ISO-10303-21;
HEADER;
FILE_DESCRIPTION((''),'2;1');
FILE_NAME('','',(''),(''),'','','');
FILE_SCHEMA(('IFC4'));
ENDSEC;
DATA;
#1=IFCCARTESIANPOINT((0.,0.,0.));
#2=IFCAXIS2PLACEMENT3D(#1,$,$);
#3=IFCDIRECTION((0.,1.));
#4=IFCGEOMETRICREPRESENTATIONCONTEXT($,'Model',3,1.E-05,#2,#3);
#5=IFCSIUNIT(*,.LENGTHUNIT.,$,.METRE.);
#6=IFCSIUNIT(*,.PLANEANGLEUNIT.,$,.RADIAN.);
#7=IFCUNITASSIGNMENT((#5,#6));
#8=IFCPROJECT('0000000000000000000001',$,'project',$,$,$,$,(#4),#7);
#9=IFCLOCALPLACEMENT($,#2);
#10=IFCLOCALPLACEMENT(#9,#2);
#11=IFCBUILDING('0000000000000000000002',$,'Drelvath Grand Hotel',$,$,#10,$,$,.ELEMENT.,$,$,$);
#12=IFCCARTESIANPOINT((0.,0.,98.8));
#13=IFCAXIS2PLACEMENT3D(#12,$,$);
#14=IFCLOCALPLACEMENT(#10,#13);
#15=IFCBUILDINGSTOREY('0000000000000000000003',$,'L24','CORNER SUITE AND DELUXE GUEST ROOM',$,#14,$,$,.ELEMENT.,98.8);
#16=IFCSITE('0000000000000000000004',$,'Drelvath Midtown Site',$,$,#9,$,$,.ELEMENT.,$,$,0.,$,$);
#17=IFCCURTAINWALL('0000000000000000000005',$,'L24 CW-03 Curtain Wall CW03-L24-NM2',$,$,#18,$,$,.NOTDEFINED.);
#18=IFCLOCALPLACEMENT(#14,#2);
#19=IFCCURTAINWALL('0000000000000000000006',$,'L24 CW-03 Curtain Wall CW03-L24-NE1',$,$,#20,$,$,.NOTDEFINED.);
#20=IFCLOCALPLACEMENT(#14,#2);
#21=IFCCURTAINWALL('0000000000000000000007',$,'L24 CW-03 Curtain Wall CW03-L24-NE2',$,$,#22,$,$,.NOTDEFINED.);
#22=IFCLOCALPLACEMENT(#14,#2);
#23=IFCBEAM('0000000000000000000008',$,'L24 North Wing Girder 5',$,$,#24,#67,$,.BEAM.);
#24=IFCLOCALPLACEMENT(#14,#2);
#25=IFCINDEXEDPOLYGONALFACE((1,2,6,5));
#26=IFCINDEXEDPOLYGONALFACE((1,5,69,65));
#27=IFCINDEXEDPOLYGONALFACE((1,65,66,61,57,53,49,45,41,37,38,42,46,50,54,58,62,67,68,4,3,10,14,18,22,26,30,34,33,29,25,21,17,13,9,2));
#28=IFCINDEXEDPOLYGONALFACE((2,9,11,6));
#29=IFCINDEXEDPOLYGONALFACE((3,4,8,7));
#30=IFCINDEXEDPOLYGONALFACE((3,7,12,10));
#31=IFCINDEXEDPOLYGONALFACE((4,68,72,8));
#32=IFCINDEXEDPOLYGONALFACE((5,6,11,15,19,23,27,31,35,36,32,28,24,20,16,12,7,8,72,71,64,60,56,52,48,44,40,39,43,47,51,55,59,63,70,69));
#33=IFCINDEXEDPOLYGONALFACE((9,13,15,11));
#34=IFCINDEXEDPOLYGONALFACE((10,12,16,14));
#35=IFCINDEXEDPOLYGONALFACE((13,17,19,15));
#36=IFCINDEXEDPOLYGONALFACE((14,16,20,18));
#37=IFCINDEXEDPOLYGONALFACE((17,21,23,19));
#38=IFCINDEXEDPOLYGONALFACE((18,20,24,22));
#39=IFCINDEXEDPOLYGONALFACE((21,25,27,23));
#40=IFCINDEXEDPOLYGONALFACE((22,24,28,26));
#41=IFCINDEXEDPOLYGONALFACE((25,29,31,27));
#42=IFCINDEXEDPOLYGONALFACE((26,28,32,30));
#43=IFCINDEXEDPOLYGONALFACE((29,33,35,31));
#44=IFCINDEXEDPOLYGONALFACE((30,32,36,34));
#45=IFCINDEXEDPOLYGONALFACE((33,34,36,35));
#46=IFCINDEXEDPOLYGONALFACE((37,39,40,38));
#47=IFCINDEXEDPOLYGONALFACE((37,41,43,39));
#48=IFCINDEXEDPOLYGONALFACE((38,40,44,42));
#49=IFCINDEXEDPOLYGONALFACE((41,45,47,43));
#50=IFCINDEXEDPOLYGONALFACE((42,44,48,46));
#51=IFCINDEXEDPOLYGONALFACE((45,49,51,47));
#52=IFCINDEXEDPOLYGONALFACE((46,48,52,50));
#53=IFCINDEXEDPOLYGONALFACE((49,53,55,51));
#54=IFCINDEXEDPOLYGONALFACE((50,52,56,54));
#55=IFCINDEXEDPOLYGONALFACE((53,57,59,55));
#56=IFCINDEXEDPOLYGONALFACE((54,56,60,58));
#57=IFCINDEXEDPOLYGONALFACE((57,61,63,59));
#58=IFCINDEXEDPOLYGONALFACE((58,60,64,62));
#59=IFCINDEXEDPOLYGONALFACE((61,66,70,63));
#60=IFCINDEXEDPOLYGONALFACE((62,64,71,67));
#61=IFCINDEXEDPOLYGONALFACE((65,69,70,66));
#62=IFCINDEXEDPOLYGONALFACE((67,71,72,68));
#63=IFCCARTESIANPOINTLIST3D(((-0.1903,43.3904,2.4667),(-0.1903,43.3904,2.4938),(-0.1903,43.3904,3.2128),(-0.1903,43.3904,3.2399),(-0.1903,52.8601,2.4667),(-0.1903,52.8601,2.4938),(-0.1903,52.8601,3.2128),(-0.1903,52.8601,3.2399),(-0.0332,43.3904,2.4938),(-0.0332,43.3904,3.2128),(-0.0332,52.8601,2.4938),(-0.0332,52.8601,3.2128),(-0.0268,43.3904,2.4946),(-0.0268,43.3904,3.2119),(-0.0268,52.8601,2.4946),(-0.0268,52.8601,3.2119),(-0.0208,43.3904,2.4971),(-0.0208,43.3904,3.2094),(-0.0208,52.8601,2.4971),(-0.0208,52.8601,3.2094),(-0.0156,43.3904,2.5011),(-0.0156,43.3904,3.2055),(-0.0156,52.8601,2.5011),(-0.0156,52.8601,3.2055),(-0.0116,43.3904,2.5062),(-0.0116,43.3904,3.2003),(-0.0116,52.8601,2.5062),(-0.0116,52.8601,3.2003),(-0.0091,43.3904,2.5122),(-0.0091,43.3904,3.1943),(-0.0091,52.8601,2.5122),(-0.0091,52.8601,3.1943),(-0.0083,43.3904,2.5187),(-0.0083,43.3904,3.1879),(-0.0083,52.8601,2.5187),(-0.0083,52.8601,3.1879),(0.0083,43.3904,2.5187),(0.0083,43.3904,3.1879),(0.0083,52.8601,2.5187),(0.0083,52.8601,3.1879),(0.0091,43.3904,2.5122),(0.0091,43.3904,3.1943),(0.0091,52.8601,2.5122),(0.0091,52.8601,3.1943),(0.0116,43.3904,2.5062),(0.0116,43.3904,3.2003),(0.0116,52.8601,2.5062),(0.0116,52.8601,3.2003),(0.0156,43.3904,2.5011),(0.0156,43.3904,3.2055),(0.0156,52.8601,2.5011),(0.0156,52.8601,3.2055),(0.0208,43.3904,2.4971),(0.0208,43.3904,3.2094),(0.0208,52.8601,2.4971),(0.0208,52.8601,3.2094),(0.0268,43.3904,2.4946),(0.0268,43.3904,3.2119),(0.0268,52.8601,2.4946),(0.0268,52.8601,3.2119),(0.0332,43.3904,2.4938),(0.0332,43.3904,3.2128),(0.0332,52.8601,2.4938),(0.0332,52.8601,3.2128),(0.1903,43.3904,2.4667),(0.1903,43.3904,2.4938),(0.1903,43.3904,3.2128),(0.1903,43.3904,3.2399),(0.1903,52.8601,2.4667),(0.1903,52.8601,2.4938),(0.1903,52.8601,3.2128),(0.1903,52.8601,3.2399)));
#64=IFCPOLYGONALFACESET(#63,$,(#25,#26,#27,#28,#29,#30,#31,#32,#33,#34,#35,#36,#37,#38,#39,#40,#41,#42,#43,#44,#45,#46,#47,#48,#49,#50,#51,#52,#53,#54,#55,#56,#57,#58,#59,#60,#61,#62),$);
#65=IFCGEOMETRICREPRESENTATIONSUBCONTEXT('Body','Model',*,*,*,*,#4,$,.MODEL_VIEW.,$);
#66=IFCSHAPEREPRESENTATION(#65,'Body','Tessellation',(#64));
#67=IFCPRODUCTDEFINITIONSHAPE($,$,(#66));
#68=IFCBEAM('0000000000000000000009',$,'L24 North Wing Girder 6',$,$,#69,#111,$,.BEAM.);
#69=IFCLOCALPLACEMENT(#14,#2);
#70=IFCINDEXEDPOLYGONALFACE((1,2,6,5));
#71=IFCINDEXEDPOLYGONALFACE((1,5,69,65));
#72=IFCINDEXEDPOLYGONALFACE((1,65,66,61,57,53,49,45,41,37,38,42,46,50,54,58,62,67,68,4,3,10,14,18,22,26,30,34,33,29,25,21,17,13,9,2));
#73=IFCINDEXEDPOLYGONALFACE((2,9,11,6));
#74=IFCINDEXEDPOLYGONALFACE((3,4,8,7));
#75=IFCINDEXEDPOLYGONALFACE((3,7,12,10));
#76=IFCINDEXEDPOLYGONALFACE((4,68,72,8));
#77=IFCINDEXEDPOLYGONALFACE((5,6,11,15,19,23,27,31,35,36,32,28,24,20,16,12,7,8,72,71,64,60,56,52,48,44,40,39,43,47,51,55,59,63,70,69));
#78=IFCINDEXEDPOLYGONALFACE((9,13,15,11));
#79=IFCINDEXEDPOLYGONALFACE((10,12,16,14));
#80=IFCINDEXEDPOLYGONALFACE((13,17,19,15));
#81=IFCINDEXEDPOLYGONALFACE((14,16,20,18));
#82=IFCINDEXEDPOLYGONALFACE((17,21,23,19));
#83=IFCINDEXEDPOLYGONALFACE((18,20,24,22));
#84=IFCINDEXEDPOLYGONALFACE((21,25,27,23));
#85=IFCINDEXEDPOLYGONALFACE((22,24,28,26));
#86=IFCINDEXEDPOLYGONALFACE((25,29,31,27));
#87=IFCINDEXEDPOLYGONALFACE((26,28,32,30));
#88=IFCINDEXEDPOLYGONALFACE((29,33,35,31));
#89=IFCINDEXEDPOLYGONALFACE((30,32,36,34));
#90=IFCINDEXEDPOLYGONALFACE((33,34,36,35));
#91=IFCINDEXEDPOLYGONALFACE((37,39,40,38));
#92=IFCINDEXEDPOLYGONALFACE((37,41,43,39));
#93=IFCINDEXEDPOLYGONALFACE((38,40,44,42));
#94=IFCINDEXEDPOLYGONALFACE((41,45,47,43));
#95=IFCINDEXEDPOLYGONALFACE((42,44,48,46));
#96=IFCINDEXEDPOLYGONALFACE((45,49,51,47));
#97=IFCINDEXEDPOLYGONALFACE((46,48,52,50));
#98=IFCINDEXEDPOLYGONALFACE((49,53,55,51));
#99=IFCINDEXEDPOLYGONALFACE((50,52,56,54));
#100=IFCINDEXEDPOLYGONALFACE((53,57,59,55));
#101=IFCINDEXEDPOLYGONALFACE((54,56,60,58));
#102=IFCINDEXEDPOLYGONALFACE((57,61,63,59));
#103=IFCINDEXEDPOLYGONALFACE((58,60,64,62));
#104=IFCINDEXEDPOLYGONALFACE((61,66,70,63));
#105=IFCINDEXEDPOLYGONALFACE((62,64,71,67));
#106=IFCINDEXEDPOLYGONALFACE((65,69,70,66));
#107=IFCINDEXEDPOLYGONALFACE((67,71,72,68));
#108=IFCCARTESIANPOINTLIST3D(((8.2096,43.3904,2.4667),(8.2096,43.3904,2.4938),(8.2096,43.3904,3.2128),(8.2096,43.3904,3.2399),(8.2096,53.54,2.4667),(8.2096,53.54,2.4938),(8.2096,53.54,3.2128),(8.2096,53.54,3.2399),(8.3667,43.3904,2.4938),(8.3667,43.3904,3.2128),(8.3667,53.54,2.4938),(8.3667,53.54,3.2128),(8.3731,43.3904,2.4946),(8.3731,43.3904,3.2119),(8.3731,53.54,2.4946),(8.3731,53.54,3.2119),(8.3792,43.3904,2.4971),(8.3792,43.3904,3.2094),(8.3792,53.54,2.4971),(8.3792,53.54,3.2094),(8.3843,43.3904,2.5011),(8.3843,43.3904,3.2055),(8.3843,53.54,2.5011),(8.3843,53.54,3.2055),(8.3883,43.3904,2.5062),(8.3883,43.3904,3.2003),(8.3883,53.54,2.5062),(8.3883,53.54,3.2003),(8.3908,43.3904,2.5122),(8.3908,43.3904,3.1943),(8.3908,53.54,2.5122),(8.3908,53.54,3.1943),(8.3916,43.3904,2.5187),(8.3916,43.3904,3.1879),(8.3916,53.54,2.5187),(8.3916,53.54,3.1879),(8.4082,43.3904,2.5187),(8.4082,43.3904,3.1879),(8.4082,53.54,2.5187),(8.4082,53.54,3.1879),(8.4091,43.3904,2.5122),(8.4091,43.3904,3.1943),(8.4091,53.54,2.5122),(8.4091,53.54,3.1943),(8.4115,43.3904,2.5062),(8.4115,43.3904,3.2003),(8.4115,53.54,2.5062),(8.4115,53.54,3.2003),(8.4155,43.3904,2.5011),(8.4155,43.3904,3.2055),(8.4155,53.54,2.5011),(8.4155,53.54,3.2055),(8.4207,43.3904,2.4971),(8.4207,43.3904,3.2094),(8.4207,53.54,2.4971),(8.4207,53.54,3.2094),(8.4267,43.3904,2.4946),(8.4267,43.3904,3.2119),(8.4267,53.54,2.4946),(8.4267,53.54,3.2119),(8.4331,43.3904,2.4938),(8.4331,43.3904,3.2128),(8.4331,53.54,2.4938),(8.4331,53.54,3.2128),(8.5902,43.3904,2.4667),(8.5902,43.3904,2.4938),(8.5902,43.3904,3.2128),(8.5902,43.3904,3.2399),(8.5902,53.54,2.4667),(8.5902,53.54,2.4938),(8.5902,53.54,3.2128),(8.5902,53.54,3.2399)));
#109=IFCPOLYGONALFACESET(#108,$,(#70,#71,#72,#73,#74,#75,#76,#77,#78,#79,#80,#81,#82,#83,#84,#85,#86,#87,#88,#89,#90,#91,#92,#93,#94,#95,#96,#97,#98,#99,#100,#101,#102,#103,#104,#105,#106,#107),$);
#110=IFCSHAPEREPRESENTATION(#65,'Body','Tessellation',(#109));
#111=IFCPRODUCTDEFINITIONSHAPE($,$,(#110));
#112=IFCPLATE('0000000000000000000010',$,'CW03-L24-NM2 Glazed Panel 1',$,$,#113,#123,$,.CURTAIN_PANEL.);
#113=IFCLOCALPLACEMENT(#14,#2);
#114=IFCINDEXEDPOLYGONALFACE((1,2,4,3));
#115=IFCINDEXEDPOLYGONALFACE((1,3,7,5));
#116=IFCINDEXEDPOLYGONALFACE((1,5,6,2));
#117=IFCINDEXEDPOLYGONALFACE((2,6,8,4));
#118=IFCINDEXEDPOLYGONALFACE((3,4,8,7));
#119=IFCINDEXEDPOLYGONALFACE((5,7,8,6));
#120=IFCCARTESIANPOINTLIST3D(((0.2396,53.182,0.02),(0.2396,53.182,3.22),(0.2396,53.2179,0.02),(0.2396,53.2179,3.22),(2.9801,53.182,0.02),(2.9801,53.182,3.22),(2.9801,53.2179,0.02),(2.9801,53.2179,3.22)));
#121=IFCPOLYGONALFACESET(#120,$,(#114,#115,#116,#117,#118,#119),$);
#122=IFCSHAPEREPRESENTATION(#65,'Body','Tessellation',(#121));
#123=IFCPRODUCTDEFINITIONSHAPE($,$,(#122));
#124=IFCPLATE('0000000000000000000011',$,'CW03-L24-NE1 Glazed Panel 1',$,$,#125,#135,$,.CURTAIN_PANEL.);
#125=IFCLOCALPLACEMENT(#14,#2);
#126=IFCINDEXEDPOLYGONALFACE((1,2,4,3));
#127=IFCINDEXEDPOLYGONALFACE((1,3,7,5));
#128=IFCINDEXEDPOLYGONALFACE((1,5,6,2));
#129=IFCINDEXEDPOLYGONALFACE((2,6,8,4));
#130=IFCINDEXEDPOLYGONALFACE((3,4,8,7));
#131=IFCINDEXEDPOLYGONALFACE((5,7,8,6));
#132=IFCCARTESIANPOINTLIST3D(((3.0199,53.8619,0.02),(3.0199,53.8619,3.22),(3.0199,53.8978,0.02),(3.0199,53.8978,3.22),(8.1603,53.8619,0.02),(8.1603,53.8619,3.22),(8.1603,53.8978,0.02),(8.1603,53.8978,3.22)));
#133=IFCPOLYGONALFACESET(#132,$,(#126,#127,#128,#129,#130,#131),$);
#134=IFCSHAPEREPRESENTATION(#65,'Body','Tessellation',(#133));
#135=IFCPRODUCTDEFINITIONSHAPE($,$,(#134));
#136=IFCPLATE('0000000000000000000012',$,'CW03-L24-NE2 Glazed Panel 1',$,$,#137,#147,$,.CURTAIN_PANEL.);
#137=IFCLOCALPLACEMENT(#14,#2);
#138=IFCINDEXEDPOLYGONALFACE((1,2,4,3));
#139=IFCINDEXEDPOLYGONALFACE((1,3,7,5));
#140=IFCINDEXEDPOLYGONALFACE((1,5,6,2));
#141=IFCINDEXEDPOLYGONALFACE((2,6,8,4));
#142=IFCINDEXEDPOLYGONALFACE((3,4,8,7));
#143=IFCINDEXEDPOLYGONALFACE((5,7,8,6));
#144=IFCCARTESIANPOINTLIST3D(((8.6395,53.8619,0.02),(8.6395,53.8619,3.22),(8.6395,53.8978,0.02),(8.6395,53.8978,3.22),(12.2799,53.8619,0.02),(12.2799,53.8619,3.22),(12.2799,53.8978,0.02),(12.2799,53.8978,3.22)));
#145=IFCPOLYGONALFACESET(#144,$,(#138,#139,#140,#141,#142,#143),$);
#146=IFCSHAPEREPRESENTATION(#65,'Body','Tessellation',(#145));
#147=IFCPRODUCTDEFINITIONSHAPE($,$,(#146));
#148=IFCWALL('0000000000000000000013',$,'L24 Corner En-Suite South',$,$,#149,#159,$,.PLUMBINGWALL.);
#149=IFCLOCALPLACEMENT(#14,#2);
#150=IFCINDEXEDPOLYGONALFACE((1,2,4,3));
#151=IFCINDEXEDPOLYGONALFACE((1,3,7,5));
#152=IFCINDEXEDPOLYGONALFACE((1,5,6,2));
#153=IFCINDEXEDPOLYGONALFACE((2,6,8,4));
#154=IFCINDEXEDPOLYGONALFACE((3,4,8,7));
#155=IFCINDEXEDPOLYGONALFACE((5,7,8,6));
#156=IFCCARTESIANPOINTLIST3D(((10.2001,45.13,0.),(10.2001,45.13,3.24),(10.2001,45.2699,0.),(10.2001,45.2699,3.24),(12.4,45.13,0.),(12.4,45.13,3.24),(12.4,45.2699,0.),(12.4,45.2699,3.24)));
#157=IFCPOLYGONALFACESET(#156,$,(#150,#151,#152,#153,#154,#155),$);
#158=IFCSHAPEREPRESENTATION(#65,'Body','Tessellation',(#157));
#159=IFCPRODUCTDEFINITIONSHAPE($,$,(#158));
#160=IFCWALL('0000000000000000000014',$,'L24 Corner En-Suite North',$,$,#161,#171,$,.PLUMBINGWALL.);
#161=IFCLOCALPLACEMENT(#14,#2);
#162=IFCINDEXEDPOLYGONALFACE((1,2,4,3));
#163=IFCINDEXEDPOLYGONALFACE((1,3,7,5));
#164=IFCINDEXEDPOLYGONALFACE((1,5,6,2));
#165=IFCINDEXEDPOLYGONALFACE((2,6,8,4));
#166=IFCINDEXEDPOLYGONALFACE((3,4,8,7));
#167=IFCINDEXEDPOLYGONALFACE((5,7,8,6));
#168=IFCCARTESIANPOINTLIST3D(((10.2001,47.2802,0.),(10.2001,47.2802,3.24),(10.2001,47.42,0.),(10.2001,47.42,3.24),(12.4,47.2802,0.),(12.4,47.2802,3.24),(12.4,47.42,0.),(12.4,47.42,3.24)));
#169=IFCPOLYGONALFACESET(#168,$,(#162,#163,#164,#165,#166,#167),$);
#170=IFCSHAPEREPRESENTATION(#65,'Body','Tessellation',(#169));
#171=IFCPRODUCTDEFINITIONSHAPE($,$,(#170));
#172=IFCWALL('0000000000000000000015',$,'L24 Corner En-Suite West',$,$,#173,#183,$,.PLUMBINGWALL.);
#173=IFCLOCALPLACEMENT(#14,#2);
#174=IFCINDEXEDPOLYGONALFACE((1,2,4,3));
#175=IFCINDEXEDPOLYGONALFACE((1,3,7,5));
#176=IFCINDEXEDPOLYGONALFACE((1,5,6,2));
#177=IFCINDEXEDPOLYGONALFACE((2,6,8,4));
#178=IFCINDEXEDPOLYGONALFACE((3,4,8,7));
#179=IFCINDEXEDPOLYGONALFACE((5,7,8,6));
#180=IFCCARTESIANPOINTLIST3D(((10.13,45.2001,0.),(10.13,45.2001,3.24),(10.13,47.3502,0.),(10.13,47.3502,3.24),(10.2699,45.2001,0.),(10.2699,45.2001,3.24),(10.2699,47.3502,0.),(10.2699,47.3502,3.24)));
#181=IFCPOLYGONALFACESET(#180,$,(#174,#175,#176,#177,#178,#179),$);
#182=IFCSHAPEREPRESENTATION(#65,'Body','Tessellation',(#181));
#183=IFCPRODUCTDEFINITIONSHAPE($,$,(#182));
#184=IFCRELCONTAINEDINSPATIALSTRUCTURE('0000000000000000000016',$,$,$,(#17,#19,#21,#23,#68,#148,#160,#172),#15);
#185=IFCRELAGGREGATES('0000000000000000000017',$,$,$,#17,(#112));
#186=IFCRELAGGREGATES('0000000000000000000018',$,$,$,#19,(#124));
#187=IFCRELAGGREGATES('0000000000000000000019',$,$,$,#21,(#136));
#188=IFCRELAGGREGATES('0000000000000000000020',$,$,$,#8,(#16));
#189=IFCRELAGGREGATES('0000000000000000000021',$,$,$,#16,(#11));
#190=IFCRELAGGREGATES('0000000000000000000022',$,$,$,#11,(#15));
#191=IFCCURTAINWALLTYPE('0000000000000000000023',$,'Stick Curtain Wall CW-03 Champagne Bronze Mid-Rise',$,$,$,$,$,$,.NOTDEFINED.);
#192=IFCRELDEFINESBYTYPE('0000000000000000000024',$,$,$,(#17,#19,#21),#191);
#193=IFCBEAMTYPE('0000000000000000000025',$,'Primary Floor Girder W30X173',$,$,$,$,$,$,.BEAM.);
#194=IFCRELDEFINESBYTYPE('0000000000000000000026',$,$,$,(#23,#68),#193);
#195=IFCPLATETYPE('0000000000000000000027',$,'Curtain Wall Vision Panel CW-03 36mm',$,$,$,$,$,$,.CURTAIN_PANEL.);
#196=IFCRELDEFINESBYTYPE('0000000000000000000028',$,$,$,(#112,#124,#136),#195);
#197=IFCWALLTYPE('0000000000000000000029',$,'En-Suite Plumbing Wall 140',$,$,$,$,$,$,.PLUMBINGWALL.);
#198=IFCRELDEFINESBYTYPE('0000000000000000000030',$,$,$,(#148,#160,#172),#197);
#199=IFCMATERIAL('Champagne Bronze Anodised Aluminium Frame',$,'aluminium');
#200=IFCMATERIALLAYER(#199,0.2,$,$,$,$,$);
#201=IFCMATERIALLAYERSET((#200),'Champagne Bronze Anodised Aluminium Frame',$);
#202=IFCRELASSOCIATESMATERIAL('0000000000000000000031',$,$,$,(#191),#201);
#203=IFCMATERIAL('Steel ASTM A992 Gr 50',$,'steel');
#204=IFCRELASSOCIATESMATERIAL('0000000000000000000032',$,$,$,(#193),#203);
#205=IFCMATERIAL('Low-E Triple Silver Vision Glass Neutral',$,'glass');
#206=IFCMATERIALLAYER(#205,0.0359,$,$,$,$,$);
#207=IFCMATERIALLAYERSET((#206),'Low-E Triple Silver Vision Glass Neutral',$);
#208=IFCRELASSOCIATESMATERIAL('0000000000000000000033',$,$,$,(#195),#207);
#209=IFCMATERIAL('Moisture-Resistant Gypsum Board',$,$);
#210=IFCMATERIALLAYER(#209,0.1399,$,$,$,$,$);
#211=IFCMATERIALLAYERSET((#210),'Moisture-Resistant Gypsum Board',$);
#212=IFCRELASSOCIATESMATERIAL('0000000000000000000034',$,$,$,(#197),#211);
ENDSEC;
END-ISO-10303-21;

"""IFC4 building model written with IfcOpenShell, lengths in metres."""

from ifc_helpers import new_model, si_unit, direction, frame, frame_2d, origin, origin_2d, place, context, subcontext, project, spatial, rectangle, i_section, extrude, material, layer, layer_set, material_profile, profile_set, type_object, element, aggregate, save


model = new_model("IFC4")

# Units and contexts
model_context = context("Model", 3, precision=1e-05, world=origin(), true_north=direction((0.0, 1.0)))
body_context = subcontext(model_context, "Body", "Model", "MODEL_VIEW")
ifc_project = project(units=[si_unit("LENGTHUNIT", "METRE"), si_unit("PLANEANGLEUNIT", "RADIAN")], contexts=[model_context])

# Site, building, storey
site_placement = place(None, origin())
site = spatial("IfcSite", under=ifc_project, at=site_placement, Name="Drelvath Midtown Site", CompositionType="ELEMENT", RefElevation=0.0)
building_placement = place(site_placement, origin())
building = spatial("IfcBuilding", under=site, at=building_placement, Name="Drelvath Grand Hotel", CompositionType="ELEMENT")
storey_placement = place(building_placement, frame((0.0, 0.0, 98.8)))
storey = spatial("IfcBuildingStorey", under=building, at=storey_placement, Name="L24", Description="CORNER SUITE AND DELUXE GUEST ROOM", CompositionType="ELEMENT", Elevation=98.8)

# Curtain walls
ifc_material_1 = material(Name="Champagne Bronze Anodised Aluminium Frame", Category="aluminium")
ifc_layer_1 = layer(ifc_material_1, 0.2)
ifc_layer_set_1 = layer_set([ifc_layer_1], Name="Champagne Bronze Anodised Aluminium Frame")
curtain_wall_type = type_object("IfcCurtainWallType", Name="Stick Curtain Wall CW-03 Champagne Bronze Mid-Rise", PredefinedType="NOTDEFINED", material=ifc_layer_set_1)
curtain_wall_1_placement = place(storey_placement, origin())
curtain_wall_1 = element("IfcCurtainWall", 1, at=curtain_wall_1_placement, inside=storey, type_object=curtain_wall_type, Name="L24 CW-03 Curtain Wall CW03-L24-NM2", PredefinedType="NOTDEFINED")
curtain_wall_2_placement = place(storey_placement, origin())
curtain_wall_2 = element("IfcCurtainWall", 2, at=curtain_wall_2_placement, inside=storey, type_object=curtain_wall_type, Name="L24 CW-03 Curtain Wall CW03-L24-NE1", PredefinedType="NOTDEFINED")
curtain_wall_3_placement = place(storey_placement, origin())
curtain_wall_3 = element("IfcCurtainWall", 3, at=curtain_wall_3_placement, inside=storey, type_object=curtain_wall_type, Name="L24 CW-03 Curtain Wall CW03-L24-NE2", PredefinedType="NOTDEFINED")

# Beams
ifc_material_2 = material(Name="Steel ASTM A992 Gr 50", Category="steel")
ifc_material_profile_1 = material_profile(ifc_material_2, i_section(OverallWidth=0.3806, OverallDepth=0.7732, WebThickness=0.0166, FlangeThickness=0.0271, FilletRadius=0.0249, at=origin_2d()), Name="W30X173")
ifc_profile_set_1 = profile_set([ifc_material_profile_1], Name="Steel ASTM A992 Gr 50")
beam_type_1 = type_object("IfcBeamType", Name="Primary Floor Girder W30X173", PredefinedType="BEAM", material=ifc_profile_set_1)
beam_1_placement = place(storey_placement, frame((0.0, 43.3904, 2.8533), z_axis=(0.0, 1.0, 0.0), x_axis=(-1.0, 0.0, 0.0)))
element("IfcBeam", 4, at=beam_1_placement, inside=storey, type_object=beam_type_1, Name="L24 North Wing Girder 5", PredefinedType="BEAM", context=body_context, shape_type="SweptSolid", body=[
    extrude(i_section(OverallWidth=0.3806, OverallDepth=0.7732, WebThickness=0.0166, FlangeThickness=0.0271, FilletRadius=0.0249, at=origin_2d()), origin(), (0.0, 0.0, 1.0), 9.4697),
])
beam_2_placement = place(storey_placement, frame((8.3999, 43.3904, 2.8533), z_axis=(0.0, 1.0, 0.0), x_axis=(-1.0, 0.0, 0.0)))
element("IfcBeam", 5, at=beam_2_placement, inside=storey, type_object=beam_type_1, Name="L24 North Wing Girder 6", PredefinedType="BEAM", context=body_context, shape_type="SweptSolid", body=[
    extrude(i_section(OverallWidth=0.3806, OverallDepth=0.7732, WebThickness=0.0166, FlangeThickness=0.0271, FilletRadius=0.0249, at=origin_2d()), origin(), (0.0, 0.0, 1.0), 10.1497),
])

# Plates
ifc_material_3 = material(Name="Low-E Triple Silver Vision Glass Neutral", Category="glass")
ifc_layer_2 = layer(ifc_material_3, 0.0359)
ifc_layer_set_2 = layer_set([ifc_layer_2], Name="Low-E Triple Silver Vision Glass Neutral")
plate_type = type_object("IfcPlateType", Name="Curtain Wall Vision Panel CW-03 36mm", PredefinedType="CURTAIN_PANEL", material=ifc_layer_set_2)
plate_1_placement = place(storey_placement, frame((1.6099, 53.2, 0.02), z_axis=(0.0, 0.0, 1.0), x_axis=(1.0, 0.0, 0.0)))
plate_1 = element("IfcPlate", 6, at=plate_1_placement, type_object=plate_type, Name="CW03-L24-NM2 Glazed Panel 1", PredefinedType="CURTAIN_PANEL", context=body_context, shape_type="SweptSolid", body=[
    extrude(rectangle(XDim=2.7405, YDim=0.0359, at=origin_2d()), origin(), (0.0, 0.0, 1.0), 3.2),
])
aggregate(curtain_wall_1, [plate_1])
plate_2_placement = place(storey_placement, frame((5.5901, 53.8799, 0.02), z_axis=(0.0, 0.0, 1.0), x_axis=(1.0, 0.0, 0.0)))
plate_2 = element("IfcPlate", 7, at=plate_2_placement, type_object=plate_type, Name="CW03-L24-NE1 Glazed Panel 1", PredefinedType="CURTAIN_PANEL", context=body_context, shape_type="SweptSolid", body=[
    extrude(rectangle(XDim=5.1404, YDim=0.0359, at=origin_2d()), origin(), (0.0, 0.0, 1.0), 3.2),
])
aggregate(curtain_wall_2, [plate_2])
plate_3_placement = place(storey_placement, frame((10.4597, 53.8799, 0.02), z_axis=(0.0, 0.0, 1.0), x_axis=(1.0, 0.0, 0.0)))
plate_3 = element("IfcPlate", 8, at=plate_3_placement, type_object=plate_type, Name="CW03-L24-NE2 Glazed Panel 1", PredefinedType="CURTAIN_PANEL", context=body_context, shape_type="SweptSolid", body=[
    extrude(rectangle(XDim=3.6404, YDim=0.0359, at=origin_2d()), origin(), (0.0, 0.0, 1.0), 3.2),
])
aggregate(curtain_wall_3, [plate_3])

# Walls
ifc_material_4 = material(Name="Moisture-Resistant Gypsum Board")
ifc_layer_3 = layer(ifc_material_4, 0.1399)
ifc_layer_set_3 = layer_set([ifc_layer_3], Name="Moisture-Resistant Gypsum Board")
wall_type_1 = type_object("IfcWallType", Name="En-Suite Plumbing Wall 140", PredefinedType="PLUMBINGWALL", material=ifc_layer_set_3)
for number, where, z_axis, x_axis, name in (
    (9, (10.2, 45.2, 0.0), (0.0, 0.0, 1.0), (1.0, 0.0, 0.0), "L24 Corner En-Suite South"),
    (10, (10.2, 47.3501, 0.0), (0.0, 0.0, 1.0), (1.0, 0.0, 0.0), "L24 Corner En-Suite North"),
):
    element("IfcWall", number, at=place(storey_placement, frame(where, z_axis=z_axis, x_axis=x_axis)), inside=storey, type_object=wall_type_1, Name=name, PredefinedType="PLUMBINGWALL", context=body_context, shape_type="SweptSolid", body=[
        extrude(rectangle(XDim=2.2, YDim=0.1399, at=frame_2d((1.1001, 0.0))), origin(), (0.0, 0.0, 1.0), 3.24),
    ])
wall_1_placement = place(storey_placement, frame((10.2, 45.2, 0.0), z_axis=(0.0, 0.0, 1.0), x_axis=(0.0, 1.0, 0.0)))
element("IfcWall", 11, at=wall_1_placement, inside=storey, type_object=wall_type_1, Name="L24 Corner En-Suite West", PredefinedType="PLUMBINGWALL", context=body_context, shape_type="SweptSolid", body=[
    extrude(rectangle(XDim=2.1501, YDim=0.1399, at=frame_2d((1.0752, 0.0))), origin(), (0.0, 0.0, 1.0), 3.24),
])

save(model, "model.ifc")
